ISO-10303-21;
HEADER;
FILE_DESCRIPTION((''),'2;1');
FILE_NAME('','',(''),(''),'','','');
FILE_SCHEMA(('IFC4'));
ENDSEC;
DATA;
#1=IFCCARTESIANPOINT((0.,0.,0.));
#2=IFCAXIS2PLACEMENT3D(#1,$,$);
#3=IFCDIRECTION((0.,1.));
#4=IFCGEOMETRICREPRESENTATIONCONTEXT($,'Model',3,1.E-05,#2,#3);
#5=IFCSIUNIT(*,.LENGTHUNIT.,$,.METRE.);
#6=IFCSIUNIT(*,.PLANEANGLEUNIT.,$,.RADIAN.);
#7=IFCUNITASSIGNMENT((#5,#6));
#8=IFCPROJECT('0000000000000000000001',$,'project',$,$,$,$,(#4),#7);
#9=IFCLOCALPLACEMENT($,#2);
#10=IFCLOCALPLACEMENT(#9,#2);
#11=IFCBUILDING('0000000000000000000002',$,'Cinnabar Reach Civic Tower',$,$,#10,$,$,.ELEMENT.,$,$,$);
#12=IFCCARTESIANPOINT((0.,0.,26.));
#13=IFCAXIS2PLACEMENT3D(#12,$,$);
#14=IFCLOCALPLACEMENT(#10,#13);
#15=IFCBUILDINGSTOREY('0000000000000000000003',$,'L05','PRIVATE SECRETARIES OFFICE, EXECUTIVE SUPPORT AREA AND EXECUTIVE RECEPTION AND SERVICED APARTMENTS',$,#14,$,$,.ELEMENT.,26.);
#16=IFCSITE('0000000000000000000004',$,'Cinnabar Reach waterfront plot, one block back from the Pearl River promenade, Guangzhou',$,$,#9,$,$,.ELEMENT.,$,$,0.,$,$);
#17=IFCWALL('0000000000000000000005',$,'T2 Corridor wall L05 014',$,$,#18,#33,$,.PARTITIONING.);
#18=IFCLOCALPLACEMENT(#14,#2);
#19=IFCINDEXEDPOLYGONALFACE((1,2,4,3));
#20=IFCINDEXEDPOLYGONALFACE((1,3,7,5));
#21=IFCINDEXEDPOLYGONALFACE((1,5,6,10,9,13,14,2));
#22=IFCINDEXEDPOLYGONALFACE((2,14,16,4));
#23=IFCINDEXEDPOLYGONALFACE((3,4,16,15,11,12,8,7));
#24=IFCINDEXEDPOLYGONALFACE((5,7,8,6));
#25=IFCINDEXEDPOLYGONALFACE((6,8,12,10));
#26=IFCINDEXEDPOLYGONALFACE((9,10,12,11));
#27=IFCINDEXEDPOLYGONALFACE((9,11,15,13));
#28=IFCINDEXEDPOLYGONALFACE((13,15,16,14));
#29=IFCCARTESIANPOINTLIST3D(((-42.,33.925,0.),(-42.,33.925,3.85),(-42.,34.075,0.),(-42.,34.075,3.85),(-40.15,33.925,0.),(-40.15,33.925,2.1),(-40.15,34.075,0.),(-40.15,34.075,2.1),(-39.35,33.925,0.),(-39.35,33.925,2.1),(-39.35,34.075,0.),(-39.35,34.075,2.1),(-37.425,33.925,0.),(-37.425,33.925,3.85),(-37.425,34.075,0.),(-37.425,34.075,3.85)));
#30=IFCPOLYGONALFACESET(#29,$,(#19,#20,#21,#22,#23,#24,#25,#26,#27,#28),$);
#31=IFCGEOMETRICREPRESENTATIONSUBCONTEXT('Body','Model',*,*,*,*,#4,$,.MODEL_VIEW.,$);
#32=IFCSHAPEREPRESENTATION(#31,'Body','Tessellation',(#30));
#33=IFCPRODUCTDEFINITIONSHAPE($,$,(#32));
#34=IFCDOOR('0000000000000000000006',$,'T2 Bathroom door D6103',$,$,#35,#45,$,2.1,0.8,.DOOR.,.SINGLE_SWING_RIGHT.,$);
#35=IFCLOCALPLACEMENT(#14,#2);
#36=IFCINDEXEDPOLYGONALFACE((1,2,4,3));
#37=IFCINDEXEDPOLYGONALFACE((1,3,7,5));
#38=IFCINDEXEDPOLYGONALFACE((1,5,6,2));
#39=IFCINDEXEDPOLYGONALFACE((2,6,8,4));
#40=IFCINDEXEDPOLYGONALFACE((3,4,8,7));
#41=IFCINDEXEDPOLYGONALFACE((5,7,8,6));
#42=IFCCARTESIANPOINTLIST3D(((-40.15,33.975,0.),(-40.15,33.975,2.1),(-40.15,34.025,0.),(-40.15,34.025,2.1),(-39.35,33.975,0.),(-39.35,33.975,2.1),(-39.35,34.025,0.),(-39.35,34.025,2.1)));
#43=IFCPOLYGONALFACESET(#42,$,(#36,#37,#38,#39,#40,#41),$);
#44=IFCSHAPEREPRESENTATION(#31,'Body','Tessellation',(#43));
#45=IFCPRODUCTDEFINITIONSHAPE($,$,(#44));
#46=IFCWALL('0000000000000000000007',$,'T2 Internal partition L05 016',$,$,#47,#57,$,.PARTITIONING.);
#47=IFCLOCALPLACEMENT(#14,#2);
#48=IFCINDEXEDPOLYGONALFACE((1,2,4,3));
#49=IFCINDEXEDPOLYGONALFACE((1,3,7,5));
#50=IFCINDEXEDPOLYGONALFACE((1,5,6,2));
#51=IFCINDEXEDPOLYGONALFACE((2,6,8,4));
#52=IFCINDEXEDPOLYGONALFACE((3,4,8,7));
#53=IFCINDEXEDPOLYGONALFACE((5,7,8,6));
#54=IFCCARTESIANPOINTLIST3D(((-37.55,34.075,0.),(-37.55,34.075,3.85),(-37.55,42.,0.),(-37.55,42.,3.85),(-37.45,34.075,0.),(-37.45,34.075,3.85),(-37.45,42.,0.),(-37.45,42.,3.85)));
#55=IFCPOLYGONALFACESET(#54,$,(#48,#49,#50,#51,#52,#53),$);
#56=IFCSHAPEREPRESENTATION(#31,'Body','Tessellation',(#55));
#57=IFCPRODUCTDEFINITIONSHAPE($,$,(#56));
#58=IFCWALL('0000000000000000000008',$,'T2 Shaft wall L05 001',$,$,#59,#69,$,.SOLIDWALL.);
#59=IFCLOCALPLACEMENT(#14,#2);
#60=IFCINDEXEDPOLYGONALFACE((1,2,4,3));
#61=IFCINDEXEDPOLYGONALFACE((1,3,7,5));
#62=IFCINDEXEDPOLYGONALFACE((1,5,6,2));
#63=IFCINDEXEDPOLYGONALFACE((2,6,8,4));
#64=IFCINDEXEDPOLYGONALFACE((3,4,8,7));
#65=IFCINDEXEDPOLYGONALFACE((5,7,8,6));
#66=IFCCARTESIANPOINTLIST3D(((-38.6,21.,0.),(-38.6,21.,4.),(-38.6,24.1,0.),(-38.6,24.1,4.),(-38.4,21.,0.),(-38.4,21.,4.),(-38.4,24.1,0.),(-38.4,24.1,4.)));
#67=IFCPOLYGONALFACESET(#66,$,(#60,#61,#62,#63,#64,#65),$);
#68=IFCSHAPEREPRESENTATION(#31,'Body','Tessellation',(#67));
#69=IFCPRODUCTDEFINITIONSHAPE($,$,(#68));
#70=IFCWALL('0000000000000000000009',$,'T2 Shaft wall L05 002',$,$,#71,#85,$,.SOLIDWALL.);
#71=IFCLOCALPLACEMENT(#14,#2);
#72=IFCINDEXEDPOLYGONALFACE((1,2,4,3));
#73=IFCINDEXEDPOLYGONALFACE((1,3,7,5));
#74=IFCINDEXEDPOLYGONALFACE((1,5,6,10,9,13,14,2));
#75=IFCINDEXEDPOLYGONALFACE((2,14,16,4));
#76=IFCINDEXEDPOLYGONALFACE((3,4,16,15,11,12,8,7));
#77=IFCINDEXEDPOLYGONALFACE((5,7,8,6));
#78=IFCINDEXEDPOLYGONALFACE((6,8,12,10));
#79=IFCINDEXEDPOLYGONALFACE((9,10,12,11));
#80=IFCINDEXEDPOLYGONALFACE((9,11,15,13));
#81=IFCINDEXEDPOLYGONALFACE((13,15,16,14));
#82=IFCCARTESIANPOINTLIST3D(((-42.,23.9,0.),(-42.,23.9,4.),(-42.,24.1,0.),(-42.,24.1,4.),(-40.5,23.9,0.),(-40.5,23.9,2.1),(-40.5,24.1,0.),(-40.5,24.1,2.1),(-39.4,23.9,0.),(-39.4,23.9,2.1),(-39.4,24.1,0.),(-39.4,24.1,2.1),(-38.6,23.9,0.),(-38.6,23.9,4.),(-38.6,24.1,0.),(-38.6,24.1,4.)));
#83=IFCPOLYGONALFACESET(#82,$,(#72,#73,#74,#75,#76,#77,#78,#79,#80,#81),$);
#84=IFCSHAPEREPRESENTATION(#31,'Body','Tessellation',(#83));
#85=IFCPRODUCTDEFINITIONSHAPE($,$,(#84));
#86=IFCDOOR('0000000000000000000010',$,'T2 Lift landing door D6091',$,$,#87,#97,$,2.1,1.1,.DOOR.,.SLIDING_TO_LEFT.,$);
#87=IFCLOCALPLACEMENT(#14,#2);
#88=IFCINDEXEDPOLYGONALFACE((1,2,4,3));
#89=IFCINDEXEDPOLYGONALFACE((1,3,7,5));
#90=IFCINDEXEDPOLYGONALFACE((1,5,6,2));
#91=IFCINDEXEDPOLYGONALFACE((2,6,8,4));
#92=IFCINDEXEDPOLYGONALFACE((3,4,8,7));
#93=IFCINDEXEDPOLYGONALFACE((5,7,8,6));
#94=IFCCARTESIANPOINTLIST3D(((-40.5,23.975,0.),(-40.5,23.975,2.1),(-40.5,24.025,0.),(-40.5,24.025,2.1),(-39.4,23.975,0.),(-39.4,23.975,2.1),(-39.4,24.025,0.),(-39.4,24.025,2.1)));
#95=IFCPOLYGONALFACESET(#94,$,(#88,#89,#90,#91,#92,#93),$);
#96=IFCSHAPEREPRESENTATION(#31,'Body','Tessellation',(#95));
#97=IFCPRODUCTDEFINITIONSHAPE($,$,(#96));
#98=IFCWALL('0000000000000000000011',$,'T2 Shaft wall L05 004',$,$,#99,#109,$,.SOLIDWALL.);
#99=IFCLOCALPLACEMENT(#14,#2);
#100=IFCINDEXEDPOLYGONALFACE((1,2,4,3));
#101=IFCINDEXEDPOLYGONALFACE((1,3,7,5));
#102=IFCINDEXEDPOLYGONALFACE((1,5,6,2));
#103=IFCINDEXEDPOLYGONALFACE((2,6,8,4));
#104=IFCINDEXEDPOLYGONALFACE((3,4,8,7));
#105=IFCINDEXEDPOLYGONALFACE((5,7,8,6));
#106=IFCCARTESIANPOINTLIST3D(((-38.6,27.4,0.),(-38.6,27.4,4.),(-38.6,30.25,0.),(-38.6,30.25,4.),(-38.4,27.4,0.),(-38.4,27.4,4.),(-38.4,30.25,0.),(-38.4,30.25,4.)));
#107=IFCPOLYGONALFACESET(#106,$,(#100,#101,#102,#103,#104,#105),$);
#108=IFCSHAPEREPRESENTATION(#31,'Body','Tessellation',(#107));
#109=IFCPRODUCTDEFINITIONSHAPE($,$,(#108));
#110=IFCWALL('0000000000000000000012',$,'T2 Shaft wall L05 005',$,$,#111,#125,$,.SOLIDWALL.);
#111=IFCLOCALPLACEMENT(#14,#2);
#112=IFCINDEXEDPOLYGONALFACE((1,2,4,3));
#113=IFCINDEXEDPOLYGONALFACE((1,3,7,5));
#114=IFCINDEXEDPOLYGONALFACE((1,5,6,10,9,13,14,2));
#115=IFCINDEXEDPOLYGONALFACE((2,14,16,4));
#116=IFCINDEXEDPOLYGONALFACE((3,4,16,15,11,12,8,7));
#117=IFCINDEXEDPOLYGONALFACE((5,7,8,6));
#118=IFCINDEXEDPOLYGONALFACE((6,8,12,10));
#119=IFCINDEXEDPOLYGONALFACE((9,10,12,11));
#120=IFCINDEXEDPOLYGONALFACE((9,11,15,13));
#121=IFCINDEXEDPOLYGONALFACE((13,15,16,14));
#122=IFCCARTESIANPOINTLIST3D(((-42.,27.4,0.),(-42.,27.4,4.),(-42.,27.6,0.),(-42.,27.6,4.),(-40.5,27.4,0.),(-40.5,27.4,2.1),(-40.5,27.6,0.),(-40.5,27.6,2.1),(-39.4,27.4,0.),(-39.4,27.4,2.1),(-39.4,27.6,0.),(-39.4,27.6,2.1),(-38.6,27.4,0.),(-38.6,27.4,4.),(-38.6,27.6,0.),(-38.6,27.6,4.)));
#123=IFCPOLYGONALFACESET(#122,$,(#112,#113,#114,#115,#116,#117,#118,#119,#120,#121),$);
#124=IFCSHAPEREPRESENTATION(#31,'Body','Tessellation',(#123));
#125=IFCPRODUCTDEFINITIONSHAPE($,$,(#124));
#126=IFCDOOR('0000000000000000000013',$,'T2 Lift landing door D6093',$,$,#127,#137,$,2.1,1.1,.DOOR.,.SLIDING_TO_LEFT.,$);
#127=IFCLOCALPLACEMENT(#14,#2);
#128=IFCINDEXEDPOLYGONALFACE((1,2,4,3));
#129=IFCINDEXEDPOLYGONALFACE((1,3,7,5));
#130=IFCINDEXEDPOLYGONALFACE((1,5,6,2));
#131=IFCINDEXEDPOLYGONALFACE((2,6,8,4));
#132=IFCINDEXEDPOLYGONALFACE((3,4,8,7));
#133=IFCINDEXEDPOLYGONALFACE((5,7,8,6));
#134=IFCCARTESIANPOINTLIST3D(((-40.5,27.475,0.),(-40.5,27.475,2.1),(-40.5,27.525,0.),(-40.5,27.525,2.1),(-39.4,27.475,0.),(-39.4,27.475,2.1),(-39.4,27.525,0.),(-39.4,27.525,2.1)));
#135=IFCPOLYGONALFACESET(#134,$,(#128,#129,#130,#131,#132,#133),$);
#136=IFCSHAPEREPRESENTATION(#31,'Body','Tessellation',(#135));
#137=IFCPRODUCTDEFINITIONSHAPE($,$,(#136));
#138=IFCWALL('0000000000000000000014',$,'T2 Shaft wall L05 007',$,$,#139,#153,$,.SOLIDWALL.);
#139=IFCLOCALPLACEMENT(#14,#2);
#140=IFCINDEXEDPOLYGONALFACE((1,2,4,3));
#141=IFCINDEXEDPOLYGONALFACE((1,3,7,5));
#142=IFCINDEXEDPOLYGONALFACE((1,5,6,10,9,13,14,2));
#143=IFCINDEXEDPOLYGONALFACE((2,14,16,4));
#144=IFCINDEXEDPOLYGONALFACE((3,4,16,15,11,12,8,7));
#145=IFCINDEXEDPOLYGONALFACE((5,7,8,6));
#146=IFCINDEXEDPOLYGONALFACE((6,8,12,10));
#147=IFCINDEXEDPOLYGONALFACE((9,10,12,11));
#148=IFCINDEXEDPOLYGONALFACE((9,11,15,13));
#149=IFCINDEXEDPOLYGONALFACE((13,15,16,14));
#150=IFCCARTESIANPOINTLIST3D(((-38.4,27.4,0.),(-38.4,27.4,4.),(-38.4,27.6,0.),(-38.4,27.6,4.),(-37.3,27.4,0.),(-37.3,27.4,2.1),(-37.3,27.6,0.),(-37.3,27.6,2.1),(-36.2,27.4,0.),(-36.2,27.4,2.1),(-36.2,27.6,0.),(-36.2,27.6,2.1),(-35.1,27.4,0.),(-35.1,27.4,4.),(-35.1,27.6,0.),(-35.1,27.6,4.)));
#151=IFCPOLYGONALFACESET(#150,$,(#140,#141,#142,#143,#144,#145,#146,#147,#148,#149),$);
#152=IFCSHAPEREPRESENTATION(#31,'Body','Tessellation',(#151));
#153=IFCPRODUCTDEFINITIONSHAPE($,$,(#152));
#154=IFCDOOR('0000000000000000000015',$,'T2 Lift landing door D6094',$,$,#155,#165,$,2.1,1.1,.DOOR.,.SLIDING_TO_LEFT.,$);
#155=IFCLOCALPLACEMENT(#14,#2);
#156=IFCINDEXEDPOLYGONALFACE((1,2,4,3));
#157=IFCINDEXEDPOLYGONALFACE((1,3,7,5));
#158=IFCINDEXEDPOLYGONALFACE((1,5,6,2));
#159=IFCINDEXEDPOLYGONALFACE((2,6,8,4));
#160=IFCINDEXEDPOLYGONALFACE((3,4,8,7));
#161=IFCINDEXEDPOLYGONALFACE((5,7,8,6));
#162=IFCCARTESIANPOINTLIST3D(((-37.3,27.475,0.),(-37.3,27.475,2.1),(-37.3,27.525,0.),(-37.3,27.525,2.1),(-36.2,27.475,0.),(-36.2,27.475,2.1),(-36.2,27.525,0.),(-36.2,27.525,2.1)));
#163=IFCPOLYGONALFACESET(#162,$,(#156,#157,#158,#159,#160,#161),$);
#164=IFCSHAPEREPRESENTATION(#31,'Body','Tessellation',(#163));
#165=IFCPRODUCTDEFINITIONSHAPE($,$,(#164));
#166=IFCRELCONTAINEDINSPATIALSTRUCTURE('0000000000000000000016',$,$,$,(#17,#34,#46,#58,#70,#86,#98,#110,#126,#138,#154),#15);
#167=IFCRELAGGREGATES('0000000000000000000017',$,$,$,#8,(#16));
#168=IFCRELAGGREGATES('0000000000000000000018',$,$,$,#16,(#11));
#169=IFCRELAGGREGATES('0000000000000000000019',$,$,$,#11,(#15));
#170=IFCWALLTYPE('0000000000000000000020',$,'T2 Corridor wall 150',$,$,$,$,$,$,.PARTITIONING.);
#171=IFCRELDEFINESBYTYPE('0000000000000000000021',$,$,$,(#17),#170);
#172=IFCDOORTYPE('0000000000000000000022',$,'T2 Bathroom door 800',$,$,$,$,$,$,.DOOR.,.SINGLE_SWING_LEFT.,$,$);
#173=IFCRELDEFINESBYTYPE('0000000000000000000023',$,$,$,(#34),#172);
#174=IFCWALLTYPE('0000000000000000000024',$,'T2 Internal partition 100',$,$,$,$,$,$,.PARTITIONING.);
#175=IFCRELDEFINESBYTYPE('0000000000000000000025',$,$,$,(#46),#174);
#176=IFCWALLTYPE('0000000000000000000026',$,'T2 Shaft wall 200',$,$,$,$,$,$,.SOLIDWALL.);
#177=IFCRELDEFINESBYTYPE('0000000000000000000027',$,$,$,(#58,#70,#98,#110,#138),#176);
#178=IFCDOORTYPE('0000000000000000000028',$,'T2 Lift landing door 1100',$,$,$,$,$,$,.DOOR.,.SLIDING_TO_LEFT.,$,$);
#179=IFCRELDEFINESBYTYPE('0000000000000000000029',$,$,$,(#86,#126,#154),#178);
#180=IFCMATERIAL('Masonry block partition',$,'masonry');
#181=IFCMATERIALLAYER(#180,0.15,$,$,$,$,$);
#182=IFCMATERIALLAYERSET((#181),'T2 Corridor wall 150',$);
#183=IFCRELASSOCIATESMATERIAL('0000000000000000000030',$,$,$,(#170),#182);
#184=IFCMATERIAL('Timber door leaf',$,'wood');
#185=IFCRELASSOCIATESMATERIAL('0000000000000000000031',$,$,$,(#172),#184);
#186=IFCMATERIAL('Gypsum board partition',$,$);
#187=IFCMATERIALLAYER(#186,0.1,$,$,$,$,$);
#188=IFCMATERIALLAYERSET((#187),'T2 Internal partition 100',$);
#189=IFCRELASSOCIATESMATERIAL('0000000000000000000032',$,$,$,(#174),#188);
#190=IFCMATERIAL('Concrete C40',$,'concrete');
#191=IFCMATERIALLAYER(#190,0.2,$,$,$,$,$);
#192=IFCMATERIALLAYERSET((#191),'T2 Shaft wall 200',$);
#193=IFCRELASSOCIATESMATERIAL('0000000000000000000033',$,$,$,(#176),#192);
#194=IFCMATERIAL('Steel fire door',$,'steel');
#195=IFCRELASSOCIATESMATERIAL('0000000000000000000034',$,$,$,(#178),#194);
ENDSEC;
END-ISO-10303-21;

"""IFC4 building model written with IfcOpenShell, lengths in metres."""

from ifc_helpers import new_model, si_unit, direction, frame, frame_2d, origin, place, context, subcontext, project, spatial, rectangle, extrude, material, layer, layer_set, type_object, element, fill, save


model = new_model("IFC4")

# Units and contexts
model_context = context("Model", 3, precision=1e-05, world=origin(), true_north=direction((0.0, 1.0)))
body_context = subcontext(model_context, "Body", "Model", "MODEL_VIEW")
ifc_project = project(units=[si_unit("LENGTHUNIT", "METRE"), si_unit("PLANEANGLEUNIT", "RADIAN")], contexts=[model_context])

# Site, building, storey
site_placement = place(None, origin())
site = spatial("IfcSite", under=ifc_project, at=site_placement, Name="Cinnabar Reach waterfront plot, one block back from the Pearl River promenade, Guangzhou", CompositionType="ELEMENT", RefElevation=0.0)
building_placement = place(site_placement, origin())
building = spatial("IfcBuilding", under=site, at=building_placement, Name="Cinnabar Reach Civic Tower", CompositionType="ELEMENT")
storey_placement = place(building_placement, frame((0.0, 0.0, 26.0)))
storey = spatial("IfcBuildingStorey", under=building, at=storey_placement, Name="L05", Description="PRIVATE SECRETARIES OFFICE, EXECUTIVE SUPPORT AREA AND EXECUTIVE RECEPTION AND SERVICED APARTMENTS", CompositionType="ELEMENT", Elevation=26.0)

# Shared definitions
ifc_material_1 = material(Name="Steel fire door", Category="steel")

# Wall, opening, door
ifc_material_2 = material(Name="Masonry block partition", Category="masonry")
ifc_layer_1 = layer(ifc_material_2, 0.15)
ifc_layer_set_1 = layer_set([ifc_layer_1], Name="T2 Corridor wall 150")
wall_type_1 = type_object("IfcWallType", Name="T2 Corridor wall 150", PredefinedType="PARTITIONING", material=ifc_layer_set_1)
wall_1_placement = place(storey_placement, frame((-37.425, 34.0, 0.0), z_axis=(0.0, 0.0, 1.0), x_axis=(-1.0, 0.0, 0.0)))
wall_1 = element("IfcWall", 1, at=wall_1_placement, inside=storey, type_object=wall_type_1, Name="T2 Corridor wall L05 014", PredefinedType="PARTITIONING", context=body_context, shape_type="SweptSolid", body=[
    extrude(rectangle(XDim=4.575, YDim=0.15, at=frame_2d((2.2875, 0.0))), origin(), (0.0, 0.0, 1.0), 3.85),
])
opening_1_placement = place(wall_1_placement, frame((1.925, 0.0, 0.0)))
opening_1 = element("IfcOpeningElement", 2, at=opening_1_placement, cuts=wall_1, PredefinedType="OPENING", context=body_context, shape_type="SweptSolid", body=[
    extrude(rectangle(XDim=0.8, YDim=2.1, at=frame_2d((0.4, 1.05))), frame((0.0, 0.085, 0.0), z_axis=(0.0, -1.0, 0.0), x_axis=(1.0, 0.0, 0.0)), (0.0, 0.0, 1.0), 0.17),
])
ifc_material_3 = material(Name="Timber door leaf", Category="wood")
door_type_1 = type_object("IfcDoorType", Name="T2 Bathroom door 800", OperationType="SINGLE_SWING_LEFT", PredefinedType="DOOR", material=ifc_material_3)
door_1_placement = place(opening_1_placement, frame((0.8, 0.0, 0.0), z_axis=(0.0, 0.0, 1.0), x_axis=(-1.0, 0.0, 0.0)))
door_1 = element("IfcDoor", 3, at=door_1_placement, inside=storey, type_object=door_type_1, Name="T2 Bathroom door D6103", OperationType="SINGLE_SWING_RIGHT", OverallHeight=2.1, OverallWidth=0.8, PredefinedType="DOOR", context=body_context, shape_type="SweptSolid", body=[
    extrude(rectangle(XDim=0.8, YDim=2.1, at=frame_2d((0.4, 1.05))), frame((0.0, 0.025, 0.0), z_axis=(0.0, -1.0, 0.0), x_axis=(1.0, 0.0, 0.0)), (0.0, 0.0, 1.0), 0.05),
])
fill(opening_1, door_1)

# Walls
ifc_material_4 = material(Name="Gypsum board partition")
ifc_layer_2 = layer(ifc_material_4, 0.1)
ifc_layer_set_2 = layer_set([ifc_layer_2], Name="T2 Internal partition 100")
wall_type_2 = type_object("IfcWallType", Name="T2 Internal partition 100", PredefinedType="PARTITIONING", material=ifc_layer_set_2)
wall_2_placement = place(storey_placement, frame((-37.5, 34.075, 0.0), z_axis=(0.0, 0.0, 1.0), x_axis=(0.0, 1.0, 0.0)))
element("IfcWall", 4, at=wall_2_placement, inside=storey, type_object=wall_type_2, Name="T2 Internal partition L05 016", PredefinedType="PARTITIONING", context=body_context, shape_type="SweptSolid", body=[
    extrude(rectangle(XDim=7.925, YDim=0.1, at=frame_2d((3.9625, 0.0))), origin(), (0.0, 0.0, 1.0), 3.85),
])
ifc_material_5 = material(Name="Concrete C40", Category="concrete")
ifc_layer_3 = layer(ifc_material_5, 0.2)
ifc_layer_set_3 = layer_set([ifc_layer_3], Name="T2 Shaft wall 200")
wall_type_3 = type_object("IfcWallType", Name="T2 Shaft wall 200", PredefinedType="SOLIDWALL", material=ifc_layer_set_3)
wall_3_placement = place(storey_placement, frame((-38.5, 21.0, 0.0), z_axis=(0.0, 0.0, 1.0), x_axis=(0.0, 1.0, 0.0)))
element("IfcWall", 5, at=wall_3_placement, inside=storey, type_object=wall_type_3, Name="T2 Shaft wall L05 001", PredefinedType="SOLIDWALL", context=body_context, shape_type="SweptSolid", body=[
    extrude(rectangle(XDim=3.1, YDim=0.2, at=frame_2d((1.55, 0.0))), origin(), (0.0, 0.0, 1.0), 4.0),
])

# Wall, opening, door
wall_4_placement = place(storey_placement, frame((-38.6, 24.0, 0.0), z_axis=(0.0, 0.0, 1.0), x_axis=(-1.0, 0.0, 0.0)))
wall_4 = element("IfcWall", 6, at=wall_4_placement, inside=storey, type_object=wall_type_3, Name="T2 Shaft wall L05 002", PredefinedType="SOLIDWALL", context=body_context, shape_type="SweptSolid", body=[
    extrude(rectangle(XDim=3.4, YDim=0.2, at=frame_2d((1.7, 0.0))), origin(), (0.0, 0.0, 1.0), 4.0),
])
opening_2_placement = place(wall_4_placement, frame((0.8, 0.0, 0.0)))
opening_2 = element("IfcOpeningElement", 7, at=opening_2_placement, cuts=wall_4, PredefinedType="OPENING", context=body_context, shape_type="SweptSolid", body=[
    extrude(rectangle(XDim=1.1, YDim=2.1, at=frame_2d((0.55, 1.05))), frame((0.0, 0.11, 0.0), z_axis=(0.0, -1.0, 0.0), x_axis=(1.0, 0.0, 0.0)), (0.0, 0.0, 1.0), 0.22),
])
door_type_2 = type_object("IfcDoorType", Name="T2 Lift landing door 1100", OperationType="SLIDING_TO_LEFT", PredefinedType="DOOR", material=ifc_material_1)
door_2_placement = place(opening_2_placement, origin())
door_2 = element("IfcDoor", 8, at=door_2_placement, inside=storey, type_object=door_type_2, Name="T2 Lift landing door D6091", OperationType="SLIDING_TO_LEFT", OverallHeight=2.1, OverallWidth=1.1, PredefinedType="DOOR", context=body_context, shape_type="SweptSolid", body=[
    extrude(rectangle(XDim=1.1, YDim=2.1, at=frame_2d((0.55, 1.05))), frame((0.0, 0.025, 0.0), z_axis=(0.0, -1.0, 0.0), x_axis=(1.0, 0.0, 0.0)), (0.0, 0.0, 1.0), 0.05),
])
fill(opening_2, door_2)

# Wall
wall_5_placement = place(storey_placement, frame((-38.5, 27.4, 0.0), z_axis=(0.0, 0.0, 1.0), x_axis=(0.0, 1.0, 0.0)))
element("IfcWall", 9, at=wall_5_placement, inside=storey, type_object=wall_type_3, Name="T2 Shaft wall L05 004", PredefinedType="SOLIDWALL", context=body_context, shape_type="SweptSolid", body=[
    extrude(rectangle(XDim=2.85, YDim=0.2, at=frame_2d((1.425, 0.0))), origin(), (0.0, 0.0, 1.0), 4.0),
])

# Walls, openings, doors
wall_6_placement = place(storey_placement, frame((-42.0, 27.5, 0.0), z_axis=(0.0, 0.0, 1.0), x_axis=(1.0, 0.0, 0.0)))
wall_6 = element("IfcWall", 10, at=wall_6_placement, inside=storey, type_object=wall_type_3, Name="T2 Shaft wall L05 005", PredefinedType="SOLIDWALL", context=body_context, shape_type="SweptSolid", body=[
    extrude(rectangle(XDim=3.4, YDim=0.2, at=frame_2d((1.7, 0.0))), origin(), (0.0, 0.0, 1.0), 4.0),
])
opening_3_placement = place(wall_6_placement, frame((1.5, 0.0, 0.0)))
opening_3 = element("IfcOpeningElement", 11, at=opening_3_placement, cuts=wall_6, PredefinedType="OPENING", context=body_context, shape_type="SweptSolid", body=[
    extrude(rectangle(XDim=1.1, YDim=2.1, at=frame_2d((0.55, 1.05))), frame((0.0, 0.11, 0.0), z_axis=(0.0, -1.0, 0.0), x_axis=(1.0, 0.0, 0.0)), (0.0, 0.0, 1.0), 0.22),
])
door_3_placement = place(opening_3_placement, origin())
door_3 = element("IfcDoor", 12, at=door_3_placement, inside=storey, type_object=door_type_2, Name="T2 Lift landing door D6093", OperationType="SLIDING_TO_LEFT", OverallHeight=2.1, OverallWidth=1.1, PredefinedType="DOOR", context=body_context, shape_type="SweptSolid", body=[
    extrude(rectangle(XDim=1.1, YDim=2.1, at=frame_2d((0.55, 1.05))), frame((0.0, 0.025, 0.0), z_axis=(0.0, -1.0, 0.0), x_axis=(1.0, 0.0, 0.0)), (0.0, 0.0, 1.0), 0.05),
])
fill(opening_3, door_3)
wall_7_placement = place(storey_placement, frame((-38.4, 27.5, 0.0), z_axis=(0.0, 0.0, 1.0), x_axis=(1.0, 0.0, 0.0)))
wall_7 = element("IfcWall", 13, at=wall_7_placement, inside=storey, type_object=wall_type_3, Name="T2 Shaft wall L05 007", PredefinedType="SOLIDWALL", context=body_context, shape_type="SweptSolid", body=[
    extrude(rectangle(XDim=3.3, YDim=0.2, at=frame_2d((1.65, 0.0))), origin(), (0.0, 0.0, 1.0), 4.0),
])
opening_4_placement = place(wall_7_placement, frame((1.1, 0.0, 0.0)))
opening_4 = element("IfcOpeningElement", 14, at=opening_4_placement, cuts=wall_7, PredefinedType="OPENING", context=body_context, shape_type="SweptSolid", body=[
    extrude(rectangle(XDim=1.1, YDim=2.1, at=frame_2d((0.55, 1.05))), frame((0.0, 0.11, 0.0), z_axis=(0.0, -1.0, 0.0), x_axis=(1.0, 0.0, 0.0)), (0.0, 0.0, 1.0), 0.22),
])
door_4_placement = place(opening_4_placement, origin())
door_4 = element("IfcDoor", 15, at=door_4_placement, inside=storey, type_object=door_type_2, Name="T2 Lift landing door D6094", OperationType="SLIDING_TO_LEFT", OverallHeight=2.1, OverallWidth=1.1, PredefinedType="DOOR", context=body_context, shape_type="SweptSolid", body=[
    extrude(rectangle(XDim=1.1, YDim=2.1, at=frame_2d((0.55, 1.05))), frame((0.0, 0.025, 0.0), z_axis=(0.0, -1.0, 0.0), x_axis=(1.0, 0.0, 0.0)), (0.0, 0.0, 1.0), 0.05),
])
fill(opening_4, door_4)

save(model, "model.ifc")
